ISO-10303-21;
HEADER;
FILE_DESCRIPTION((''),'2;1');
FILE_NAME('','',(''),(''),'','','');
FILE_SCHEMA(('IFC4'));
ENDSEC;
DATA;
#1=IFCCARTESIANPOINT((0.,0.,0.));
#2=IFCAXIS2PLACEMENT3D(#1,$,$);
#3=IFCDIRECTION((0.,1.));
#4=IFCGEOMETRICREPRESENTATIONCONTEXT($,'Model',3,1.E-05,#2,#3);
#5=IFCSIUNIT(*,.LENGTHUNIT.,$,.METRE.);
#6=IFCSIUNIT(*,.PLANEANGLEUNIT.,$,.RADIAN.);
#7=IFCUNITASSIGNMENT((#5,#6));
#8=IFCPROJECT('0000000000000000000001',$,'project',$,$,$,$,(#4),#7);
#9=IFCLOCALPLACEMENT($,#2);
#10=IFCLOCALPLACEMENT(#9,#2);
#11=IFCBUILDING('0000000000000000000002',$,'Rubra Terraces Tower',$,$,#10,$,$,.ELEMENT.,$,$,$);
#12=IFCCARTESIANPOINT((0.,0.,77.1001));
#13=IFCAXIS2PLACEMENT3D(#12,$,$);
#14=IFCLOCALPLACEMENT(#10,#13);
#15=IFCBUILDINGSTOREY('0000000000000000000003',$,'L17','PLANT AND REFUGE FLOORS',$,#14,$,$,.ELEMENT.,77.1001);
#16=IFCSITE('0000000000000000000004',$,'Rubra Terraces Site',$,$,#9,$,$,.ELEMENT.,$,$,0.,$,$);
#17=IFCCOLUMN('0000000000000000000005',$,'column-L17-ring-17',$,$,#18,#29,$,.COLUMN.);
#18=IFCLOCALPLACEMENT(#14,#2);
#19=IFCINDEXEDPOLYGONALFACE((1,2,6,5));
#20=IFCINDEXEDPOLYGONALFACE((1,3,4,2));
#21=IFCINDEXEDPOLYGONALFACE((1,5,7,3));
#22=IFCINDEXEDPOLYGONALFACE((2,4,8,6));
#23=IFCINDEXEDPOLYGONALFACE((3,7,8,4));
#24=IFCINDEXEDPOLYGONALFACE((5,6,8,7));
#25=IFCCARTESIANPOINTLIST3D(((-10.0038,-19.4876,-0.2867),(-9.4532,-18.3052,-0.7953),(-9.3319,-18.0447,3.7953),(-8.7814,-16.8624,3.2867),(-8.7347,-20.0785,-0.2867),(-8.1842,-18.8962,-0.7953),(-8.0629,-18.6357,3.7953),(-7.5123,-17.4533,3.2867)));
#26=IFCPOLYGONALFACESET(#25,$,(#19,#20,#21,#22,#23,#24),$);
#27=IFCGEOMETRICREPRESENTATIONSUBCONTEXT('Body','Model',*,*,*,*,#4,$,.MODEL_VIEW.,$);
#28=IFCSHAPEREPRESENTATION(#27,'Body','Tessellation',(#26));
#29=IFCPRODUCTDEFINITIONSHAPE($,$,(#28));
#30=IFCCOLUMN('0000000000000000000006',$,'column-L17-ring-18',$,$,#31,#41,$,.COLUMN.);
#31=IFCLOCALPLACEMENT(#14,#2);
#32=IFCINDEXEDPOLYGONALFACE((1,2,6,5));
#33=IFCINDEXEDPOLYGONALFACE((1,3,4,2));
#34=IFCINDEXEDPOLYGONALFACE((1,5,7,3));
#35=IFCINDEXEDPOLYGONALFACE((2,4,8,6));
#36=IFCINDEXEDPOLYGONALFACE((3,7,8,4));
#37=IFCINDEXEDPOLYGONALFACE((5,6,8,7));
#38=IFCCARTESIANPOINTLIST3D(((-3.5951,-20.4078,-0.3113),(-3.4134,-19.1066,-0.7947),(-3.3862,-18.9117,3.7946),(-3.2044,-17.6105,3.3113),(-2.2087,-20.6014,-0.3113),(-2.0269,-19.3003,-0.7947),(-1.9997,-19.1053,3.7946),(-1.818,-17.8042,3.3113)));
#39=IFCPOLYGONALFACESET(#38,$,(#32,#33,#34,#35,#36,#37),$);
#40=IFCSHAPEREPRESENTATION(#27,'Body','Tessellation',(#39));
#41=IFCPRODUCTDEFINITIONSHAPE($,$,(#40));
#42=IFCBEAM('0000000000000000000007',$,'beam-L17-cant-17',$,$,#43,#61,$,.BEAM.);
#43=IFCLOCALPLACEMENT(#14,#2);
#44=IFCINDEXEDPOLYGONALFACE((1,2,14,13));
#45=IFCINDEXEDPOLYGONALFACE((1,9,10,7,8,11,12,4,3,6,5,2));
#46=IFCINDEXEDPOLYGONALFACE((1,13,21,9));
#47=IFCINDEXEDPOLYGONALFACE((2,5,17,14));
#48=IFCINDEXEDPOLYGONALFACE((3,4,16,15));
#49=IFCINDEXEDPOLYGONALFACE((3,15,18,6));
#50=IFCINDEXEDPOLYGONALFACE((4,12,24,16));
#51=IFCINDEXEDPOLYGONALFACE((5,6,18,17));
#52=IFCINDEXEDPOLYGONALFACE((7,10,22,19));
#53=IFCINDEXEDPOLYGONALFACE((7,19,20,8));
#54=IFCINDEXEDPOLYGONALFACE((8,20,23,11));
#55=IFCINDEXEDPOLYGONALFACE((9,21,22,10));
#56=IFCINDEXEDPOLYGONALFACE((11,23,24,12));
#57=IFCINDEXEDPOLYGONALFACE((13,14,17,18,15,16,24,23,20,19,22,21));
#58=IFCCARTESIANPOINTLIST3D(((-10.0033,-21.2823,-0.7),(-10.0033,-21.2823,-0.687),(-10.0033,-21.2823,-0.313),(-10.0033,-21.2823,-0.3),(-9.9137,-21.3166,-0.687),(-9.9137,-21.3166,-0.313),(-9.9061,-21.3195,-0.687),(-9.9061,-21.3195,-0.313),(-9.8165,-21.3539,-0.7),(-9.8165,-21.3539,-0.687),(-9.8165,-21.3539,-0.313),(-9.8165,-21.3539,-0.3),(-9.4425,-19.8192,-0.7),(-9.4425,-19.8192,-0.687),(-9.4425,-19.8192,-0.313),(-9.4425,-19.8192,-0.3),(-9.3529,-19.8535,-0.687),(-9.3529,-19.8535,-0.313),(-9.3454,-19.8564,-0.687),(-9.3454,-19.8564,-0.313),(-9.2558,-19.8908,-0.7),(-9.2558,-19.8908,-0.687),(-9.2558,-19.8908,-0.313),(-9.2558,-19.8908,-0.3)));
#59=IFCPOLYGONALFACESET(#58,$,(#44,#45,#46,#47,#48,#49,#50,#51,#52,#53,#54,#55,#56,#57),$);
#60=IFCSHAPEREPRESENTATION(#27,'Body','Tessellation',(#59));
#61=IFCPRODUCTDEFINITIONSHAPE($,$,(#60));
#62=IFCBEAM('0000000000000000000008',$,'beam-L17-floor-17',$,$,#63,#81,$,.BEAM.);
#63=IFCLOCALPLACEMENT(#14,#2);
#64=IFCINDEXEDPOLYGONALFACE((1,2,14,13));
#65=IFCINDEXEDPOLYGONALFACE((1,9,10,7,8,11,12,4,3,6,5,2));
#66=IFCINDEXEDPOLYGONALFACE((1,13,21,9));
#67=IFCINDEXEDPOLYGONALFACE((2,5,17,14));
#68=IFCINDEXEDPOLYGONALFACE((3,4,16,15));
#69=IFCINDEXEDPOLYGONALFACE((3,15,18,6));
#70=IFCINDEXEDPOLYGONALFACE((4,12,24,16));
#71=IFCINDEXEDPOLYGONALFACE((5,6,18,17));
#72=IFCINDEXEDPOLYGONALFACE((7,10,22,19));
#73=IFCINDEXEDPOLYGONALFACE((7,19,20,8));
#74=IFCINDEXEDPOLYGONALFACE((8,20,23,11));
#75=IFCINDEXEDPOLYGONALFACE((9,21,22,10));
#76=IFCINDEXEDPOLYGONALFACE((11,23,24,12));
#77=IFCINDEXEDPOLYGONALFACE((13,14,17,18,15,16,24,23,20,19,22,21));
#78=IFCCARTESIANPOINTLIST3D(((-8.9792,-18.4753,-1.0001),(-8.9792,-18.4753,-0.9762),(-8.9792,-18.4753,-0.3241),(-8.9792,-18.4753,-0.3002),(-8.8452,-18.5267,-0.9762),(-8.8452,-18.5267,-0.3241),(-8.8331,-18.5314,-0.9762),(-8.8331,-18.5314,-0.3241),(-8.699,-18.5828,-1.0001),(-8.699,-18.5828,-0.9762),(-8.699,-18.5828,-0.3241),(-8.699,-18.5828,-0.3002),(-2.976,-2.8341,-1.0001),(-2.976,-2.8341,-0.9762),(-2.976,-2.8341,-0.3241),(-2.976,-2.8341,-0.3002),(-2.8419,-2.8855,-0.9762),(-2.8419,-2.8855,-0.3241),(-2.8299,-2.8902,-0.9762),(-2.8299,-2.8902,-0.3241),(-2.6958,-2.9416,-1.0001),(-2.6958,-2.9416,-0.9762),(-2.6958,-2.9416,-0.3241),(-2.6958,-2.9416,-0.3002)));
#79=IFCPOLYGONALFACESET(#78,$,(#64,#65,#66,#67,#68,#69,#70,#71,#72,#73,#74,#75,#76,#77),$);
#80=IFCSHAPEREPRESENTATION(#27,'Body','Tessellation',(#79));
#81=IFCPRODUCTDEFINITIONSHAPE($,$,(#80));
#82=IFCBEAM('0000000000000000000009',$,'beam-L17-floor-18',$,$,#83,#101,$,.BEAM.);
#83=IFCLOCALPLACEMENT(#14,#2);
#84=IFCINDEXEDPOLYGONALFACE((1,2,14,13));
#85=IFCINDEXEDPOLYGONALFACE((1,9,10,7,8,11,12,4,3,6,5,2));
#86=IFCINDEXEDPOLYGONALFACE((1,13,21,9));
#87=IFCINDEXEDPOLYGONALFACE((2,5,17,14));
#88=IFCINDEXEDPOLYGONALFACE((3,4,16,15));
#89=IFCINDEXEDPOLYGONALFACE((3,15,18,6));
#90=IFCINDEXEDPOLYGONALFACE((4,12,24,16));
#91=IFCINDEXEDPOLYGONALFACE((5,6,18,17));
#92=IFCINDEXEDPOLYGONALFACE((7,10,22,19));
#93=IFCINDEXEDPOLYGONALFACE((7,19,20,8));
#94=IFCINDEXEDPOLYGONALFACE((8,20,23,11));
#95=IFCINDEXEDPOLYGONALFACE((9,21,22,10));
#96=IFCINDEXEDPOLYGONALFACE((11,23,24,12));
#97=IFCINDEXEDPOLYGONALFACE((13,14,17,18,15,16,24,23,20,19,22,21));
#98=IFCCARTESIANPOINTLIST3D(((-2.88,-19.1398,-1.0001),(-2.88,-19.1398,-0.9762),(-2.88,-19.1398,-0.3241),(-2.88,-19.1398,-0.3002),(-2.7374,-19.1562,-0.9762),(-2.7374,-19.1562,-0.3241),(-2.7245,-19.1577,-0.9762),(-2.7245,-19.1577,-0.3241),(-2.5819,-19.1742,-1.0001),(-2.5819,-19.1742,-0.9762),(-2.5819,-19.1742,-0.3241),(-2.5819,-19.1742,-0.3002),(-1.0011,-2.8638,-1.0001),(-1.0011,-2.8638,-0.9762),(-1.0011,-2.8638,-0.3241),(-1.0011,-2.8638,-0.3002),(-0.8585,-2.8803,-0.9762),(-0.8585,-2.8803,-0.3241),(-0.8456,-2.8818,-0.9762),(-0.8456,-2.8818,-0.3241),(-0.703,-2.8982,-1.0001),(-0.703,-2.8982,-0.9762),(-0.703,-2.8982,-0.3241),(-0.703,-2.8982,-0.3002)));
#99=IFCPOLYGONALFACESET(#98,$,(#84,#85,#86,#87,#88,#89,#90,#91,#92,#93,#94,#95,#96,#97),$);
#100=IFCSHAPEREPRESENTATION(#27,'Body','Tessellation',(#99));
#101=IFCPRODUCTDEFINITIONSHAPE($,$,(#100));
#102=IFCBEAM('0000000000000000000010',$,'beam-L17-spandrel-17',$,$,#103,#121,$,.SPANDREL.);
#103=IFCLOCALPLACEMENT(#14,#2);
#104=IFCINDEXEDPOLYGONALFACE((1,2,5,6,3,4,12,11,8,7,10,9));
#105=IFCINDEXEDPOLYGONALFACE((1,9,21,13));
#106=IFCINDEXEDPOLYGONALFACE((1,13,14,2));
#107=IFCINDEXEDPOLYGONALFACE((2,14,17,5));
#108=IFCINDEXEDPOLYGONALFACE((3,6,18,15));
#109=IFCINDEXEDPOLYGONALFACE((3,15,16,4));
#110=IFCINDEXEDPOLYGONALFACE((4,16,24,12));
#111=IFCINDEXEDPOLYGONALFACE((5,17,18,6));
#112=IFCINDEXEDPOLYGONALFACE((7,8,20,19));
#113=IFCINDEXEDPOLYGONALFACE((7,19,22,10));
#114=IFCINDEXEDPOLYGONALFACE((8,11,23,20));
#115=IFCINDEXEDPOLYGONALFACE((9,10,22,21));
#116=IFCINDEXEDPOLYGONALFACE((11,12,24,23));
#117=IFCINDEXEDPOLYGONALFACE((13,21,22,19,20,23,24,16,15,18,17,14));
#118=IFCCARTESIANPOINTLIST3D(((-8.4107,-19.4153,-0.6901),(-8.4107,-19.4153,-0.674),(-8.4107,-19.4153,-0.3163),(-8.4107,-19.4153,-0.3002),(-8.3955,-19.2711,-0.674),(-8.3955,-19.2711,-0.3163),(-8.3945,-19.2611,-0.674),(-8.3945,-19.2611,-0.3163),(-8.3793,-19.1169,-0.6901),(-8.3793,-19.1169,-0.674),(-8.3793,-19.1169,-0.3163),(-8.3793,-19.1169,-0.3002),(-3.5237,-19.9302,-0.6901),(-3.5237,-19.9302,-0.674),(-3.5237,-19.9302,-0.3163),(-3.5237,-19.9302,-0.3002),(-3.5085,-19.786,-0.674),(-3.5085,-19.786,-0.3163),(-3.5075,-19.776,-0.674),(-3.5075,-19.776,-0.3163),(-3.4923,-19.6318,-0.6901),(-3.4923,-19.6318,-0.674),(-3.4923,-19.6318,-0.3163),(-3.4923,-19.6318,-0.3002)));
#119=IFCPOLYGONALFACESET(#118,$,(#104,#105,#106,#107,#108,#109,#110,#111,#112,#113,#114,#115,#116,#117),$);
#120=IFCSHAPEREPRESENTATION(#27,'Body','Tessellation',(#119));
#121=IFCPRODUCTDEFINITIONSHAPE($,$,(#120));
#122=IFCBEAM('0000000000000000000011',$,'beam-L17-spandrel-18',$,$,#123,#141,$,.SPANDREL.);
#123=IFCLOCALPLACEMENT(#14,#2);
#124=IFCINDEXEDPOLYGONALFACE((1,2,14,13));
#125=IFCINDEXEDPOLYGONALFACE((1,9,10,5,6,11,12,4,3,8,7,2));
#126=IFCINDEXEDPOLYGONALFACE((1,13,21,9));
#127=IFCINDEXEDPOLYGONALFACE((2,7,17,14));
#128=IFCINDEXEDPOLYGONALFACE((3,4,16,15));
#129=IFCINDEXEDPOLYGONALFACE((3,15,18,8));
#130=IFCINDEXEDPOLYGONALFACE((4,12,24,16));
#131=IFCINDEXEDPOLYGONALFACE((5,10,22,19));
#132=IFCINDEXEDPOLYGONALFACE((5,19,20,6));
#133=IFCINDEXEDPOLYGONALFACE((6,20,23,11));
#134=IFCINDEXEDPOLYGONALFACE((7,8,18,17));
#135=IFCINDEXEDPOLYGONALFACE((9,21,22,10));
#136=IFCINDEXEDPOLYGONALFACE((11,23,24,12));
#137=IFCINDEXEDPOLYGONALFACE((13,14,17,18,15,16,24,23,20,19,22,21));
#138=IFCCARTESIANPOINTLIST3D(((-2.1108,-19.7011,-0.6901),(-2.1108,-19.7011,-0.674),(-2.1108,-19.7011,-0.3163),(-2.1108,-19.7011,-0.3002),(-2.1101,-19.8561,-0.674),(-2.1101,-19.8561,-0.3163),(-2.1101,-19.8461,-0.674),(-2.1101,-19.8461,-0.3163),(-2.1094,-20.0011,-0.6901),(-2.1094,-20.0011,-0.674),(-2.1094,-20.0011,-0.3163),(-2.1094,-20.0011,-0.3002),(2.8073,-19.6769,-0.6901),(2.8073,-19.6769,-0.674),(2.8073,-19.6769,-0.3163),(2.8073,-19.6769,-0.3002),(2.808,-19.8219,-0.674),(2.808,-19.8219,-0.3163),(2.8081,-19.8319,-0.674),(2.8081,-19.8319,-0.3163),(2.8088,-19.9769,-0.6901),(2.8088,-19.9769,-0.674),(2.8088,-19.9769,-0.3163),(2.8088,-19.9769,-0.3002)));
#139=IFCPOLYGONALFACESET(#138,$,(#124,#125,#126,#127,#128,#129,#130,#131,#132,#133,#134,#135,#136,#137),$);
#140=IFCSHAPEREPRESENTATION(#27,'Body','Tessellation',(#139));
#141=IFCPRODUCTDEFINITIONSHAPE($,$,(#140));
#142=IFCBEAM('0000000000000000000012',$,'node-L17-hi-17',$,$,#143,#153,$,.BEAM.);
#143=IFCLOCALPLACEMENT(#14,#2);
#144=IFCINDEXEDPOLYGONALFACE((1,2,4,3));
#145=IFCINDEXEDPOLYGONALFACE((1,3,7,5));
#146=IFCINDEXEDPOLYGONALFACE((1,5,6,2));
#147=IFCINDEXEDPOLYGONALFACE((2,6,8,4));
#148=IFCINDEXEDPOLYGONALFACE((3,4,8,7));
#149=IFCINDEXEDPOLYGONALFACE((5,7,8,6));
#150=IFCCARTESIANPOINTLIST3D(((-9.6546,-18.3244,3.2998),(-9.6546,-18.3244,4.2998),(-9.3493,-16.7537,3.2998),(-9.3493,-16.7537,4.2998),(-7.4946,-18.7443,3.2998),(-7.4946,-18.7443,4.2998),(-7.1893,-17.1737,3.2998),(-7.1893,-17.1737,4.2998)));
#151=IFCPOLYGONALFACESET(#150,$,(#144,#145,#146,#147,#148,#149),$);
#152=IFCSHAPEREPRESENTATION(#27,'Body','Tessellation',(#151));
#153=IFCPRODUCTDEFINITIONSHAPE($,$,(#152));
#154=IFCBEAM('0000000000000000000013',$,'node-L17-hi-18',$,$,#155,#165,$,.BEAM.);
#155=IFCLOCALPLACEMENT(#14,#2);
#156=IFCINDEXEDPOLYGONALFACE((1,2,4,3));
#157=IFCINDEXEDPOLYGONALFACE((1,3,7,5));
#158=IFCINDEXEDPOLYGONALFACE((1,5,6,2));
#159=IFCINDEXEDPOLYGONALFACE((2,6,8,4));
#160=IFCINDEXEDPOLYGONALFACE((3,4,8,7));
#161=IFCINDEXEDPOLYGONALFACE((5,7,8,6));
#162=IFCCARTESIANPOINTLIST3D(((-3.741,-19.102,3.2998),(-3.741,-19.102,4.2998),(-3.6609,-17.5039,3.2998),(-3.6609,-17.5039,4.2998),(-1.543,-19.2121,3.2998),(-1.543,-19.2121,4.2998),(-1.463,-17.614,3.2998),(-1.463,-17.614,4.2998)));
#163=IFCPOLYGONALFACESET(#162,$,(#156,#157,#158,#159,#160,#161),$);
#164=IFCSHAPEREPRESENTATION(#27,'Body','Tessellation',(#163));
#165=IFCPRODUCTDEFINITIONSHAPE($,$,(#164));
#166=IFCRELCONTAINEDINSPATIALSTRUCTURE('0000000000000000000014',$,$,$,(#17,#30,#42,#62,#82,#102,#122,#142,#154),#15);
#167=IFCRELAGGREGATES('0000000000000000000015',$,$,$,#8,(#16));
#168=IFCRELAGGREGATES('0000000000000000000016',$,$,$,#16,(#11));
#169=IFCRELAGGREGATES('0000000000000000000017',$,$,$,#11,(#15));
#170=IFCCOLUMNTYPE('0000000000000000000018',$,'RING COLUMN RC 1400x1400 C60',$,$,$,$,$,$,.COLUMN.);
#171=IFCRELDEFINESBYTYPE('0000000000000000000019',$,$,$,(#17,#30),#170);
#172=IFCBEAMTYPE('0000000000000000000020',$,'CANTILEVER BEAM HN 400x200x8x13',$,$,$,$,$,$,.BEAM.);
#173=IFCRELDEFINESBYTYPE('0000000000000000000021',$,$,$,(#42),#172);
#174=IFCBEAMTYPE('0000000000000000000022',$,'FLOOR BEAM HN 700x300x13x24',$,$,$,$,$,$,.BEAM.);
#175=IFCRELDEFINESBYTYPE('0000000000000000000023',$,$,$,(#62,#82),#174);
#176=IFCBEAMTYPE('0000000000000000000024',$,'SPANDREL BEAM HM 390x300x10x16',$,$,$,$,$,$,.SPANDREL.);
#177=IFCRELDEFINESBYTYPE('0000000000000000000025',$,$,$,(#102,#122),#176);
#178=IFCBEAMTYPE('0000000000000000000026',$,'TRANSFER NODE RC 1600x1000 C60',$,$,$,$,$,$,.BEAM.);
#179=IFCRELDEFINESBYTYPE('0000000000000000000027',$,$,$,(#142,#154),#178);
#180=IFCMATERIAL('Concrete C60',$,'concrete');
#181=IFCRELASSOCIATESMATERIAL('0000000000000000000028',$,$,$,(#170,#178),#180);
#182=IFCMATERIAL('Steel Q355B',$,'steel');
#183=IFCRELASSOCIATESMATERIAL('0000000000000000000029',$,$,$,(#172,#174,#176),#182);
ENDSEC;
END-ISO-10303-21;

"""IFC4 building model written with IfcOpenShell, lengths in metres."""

from ifc_helpers import new_model, si_unit, direction, frame, origin, origin_2d, place, context, subcontext, project, spatial, rectangle, i_section, extrude, material, material_profile, profile_set, type_object, element, save


model = new_model("IFC4")

# Units and contexts
model_context = context("Model", 3, precision=1e-05, world=origin(), true_north=direction((0.0, 1.0)))
body_context = subcontext(model_context, "Body", "Model", "MODEL_VIEW")
ifc_project = project(units=[si_unit("LENGTHUNIT", "METRE"), si_unit("PLANEANGLEUNIT", "RADIAN")], contexts=[model_context])

# Site, building, storey
site_placement = place(None, origin())
site = spatial("IfcSite", under=ifc_project, at=site_placement, Name="Rubra Terraces Site", CompositionType="ELEMENT", RefElevation=0.0)
building_placement = place(site_placement, origin())
building = spatial("IfcBuilding", under=site, at=building_placement, Name="Rubra Terraces Tower", CompositionType="ELEMENT")
storey_placement = place(building_placement, frame((0.0, 0.0, 77.1001)))
storey = spatial("IfcBuildingStorey", under=building, at=storey_placement, Name="L17", Description="PLANT AND REFUGE FLOORS", CompositionType="ELEMENT", Elevation=77.1001)

# Columns
ifc_material_1 = material(Name="Concrete C60", Category="concrete")
ifc_material_profile_1 = material_profile(ifc_material_1, rectangle(XDim=1.3999, YDim=1.3999, at=origin_2d()), Name="RC 1400x1400")
ifc_profile_set_1 = profile_set([ifc_material_profile_1], Name="Concrete C60")
column_type = type_object("IfcColumnType", Name="RING COLUMN RC 1400x1400 C60", PredefinedType="COLUMN", material=ifc_profile_set_1)
column_1_placement = place(storey_placement, frame((-9.094, -19.1919, -0.541), z_axis=(0.153349, 0.329321, 0.931682), x_axis=(-0.906536, 0.42213, 0.0)))
element("IfcColumn", 1, at=column_1_placement, inside=storey, type_object=column_type, Name="column-L17-ring-17", PredefinedType="COLUMN", context=body_context, shape_type="SweptSolid", body=[
    extrude(rectangle(XDim=1.3999, YDim=1.3999, at=origin_2d()), origin(), (0.0, 0.0, 1.0), 4.3813),
])
column_2_placement = place(storey_placement, frame((-2.811, -19.854, -0.553), z_axis=(0.047768, 0.341962, 0.938499), x_axis=(-0.990384, 0.138343, 0.0)))
element("IfcColumn", 2, at=column_2_placement, inside=storey, type_object=column_type, Name="column-L17-ring-18", PredefinedType="COLUMN", context=body_context, shape_type="SweptSolid", body=[
    extrude(rectangle(XDim=1.3999, YDim=1.3999, at=origin_2d()), origin(), (0.0, 0.0, 1.0), 4.375),
])

# Beams
ifc_material_2 = material(Name="Steel Q355B", Category="steel")
ifc_material_profile_2 = material_profile(ifc_material_2, i_section(OverallWidth=0.2, OverallDepth=0.3999, WebThickness=0.0081, FlangeThickness=0.0129, at=origin_2d()), Name="HN 400x200x8x13")
ifc_profile_set_2 = profile_set([ifc_material_profile_2], Name="Steel Q355B")
beam_type_1 = type_object("IfcBeamType", Name="CANTILEVER BEAM HN 400x200x8x13", PredefinedType="BEAM", material=ifc_profile_set_2)
beam_1_placement = place(storey_placement, frame((-9.3491, -19.855, -0.5), z_axis=(-0.357893, -0.933763, 0.0), x_axis=(0.933763, -0.357893, 0.0)))
element("IfcBeam", 3, at=beam_1_placement, inside=storey, type_object=beam_type_1, Name="beam-L17-cant-17", PredefinedType="BEAM", context=body_context, shape_type="SweptSolid", body=[
    extrude(i_section(OverallWidth=0.2, OverallDepth=0.3999, WebThickness=0.0081, FlangeThickness=0.0129, at=origin_2d()), origin(), (0.0, 0.0, 1.0), 1.5669),
])
ifc_material_profile_3 = material_profile(ifc_material_2, i_section(OverallWidth=0.3, OverallDepth=0.7, WebThickness=0.0129, FlangeThickness=0.0239, at=origin_2d()), Name="HN 700x300x13x24")
ifc_profile_set_3 = profile_set([ifc_material_profile_3], Name="Steel Q355B")
beam_type_2 = type_object("IfcBeamType", Name="FLOOR BEAM HN 700x300x13x24", PredefinedType="BEAM", material=ifc_profile_set_3)
beam_2_placement = place(storey_placement, frame((-8.8391, -18.5291, -0.6501), z_axis=(0.358322, 0.933598, 0.0), x_axis=(-0.933598, 0.358322, 0.0)))
element("IfcBeam", 4, at=beam_2_placement, inside=storey, type_object=beam_type_2, Name="beam-L17-floor-17", PredefinedType="BEAM", context=body_context, shape_type="SweptSolid", body=[
    extrude(i_section(OverallWidth=0.3, OverallDepth=0.7, WebThickness=0.0129, FlangeThickness=0.0239, at=origin_2d()), origin(), (0.0, 0.0, 1.0), 16.7537),
])
beam_3_placement = place(storey_placement, frame((-2.731, -19.157, -0.6501), z_axis=(0.11468, 0.993403, 0.0), x_axis=(-0.993403, 0.11468, 0.0)))
element("IfcBeam", 5, at=beam_3_placement, inside=storey, type_object=beam_type_2, Name="beam-L17-floor-18", PredefinedType="BEAM", context=body_context, shape_type="SweptSolid", body=[
    extrude(i_section(OverallWidth=0.3, OverallDepth=0.7, WebThickness=0.0129, FlangeThickness=0.0239, at=origin_2d()), origin(), (0.0, 0.0, 1.0), 16.384),
])
ifc_material_profile_4 = material_profile(ifc_material_2, i_section(OverallWidth=0.3, OverallDepth=0.3899, WebThickness=0.01, FlangeThickness=0.0161, at=origin_2d()), Name="HM 390x300x10x16")
ifc_profile_set_4 = profile_set([ifc_material_profile_4], Name="Steel Q355B")
beam_type_3 = type_object("IfcBeamType", Name="SPANDREL BEAM HM 390x300x10x16", PredefinedType="SPANDREL", material=ifc_profile_set_4)
beam_4_placement = place(storey_placement, frame((-8.395, -19.2661, -0.4951), z_axis=(0.994495, -0.10478, 0.0), x_axis=(0.10478, 0.994495, 0.0)))
element("IfcBeam", 6, at=beam_4_placement, inside=storey, type_object=beam_type_3, Name="beam-L17-spandrel-17", PredefinedType="SPANDREL", context=body_context, shape_type="SweptSolid", body=[
    extrude(i_section(OverallWidth=0.3, OverallDepth=0.3899, WebThickness=0.01, FlangeThickness=0.0161, at=origin_2d()), origin(), (0.0, 0.0, 1.0), 4.9141),
])
beam_5_placement = place(storey_placement, frame((-2.1101, -19.8511, -0.4951), z_axis=(0.999988, 0.004914, 0.0), x_axis=(-0.004914, 0.999988, 0.0)))
element("IfcBeam", 7, at=beam_5_placement, inside=storey, type_object=beam_type_3, Name="beam-L17-spandrel-18", PredefinedType="SPANDREL", context=body_context, shape_type="SweptSolid", body=[
    extrude(i_section(OverallWidth=0.3, OverallDepth=0.3899, WebThickness=0.01, FlangeThickness=0.0161, at=origin_2d()), origin(), (0.0, 0.0, 1.0), 4.9182),
])
ifc_material_profile_5 = material_profile(ifc_material_1, rectangle(XDim=1.6001, YDim=1.0, at=origin_2d()), Name="RC 1600x1000")
ifc_profile_set_5 = profile_set([ifc_material_profile_5], Name="Concrete C60")
beam_type_4 = type_object("IfcBeamType", Name="TRANSFER NODE RC 1600x1000 C60", PredefinedType="BEAM", material=ifc_profile_set_5)
beam_6_placement = place(storey_placement, frame((-9.502, -17.5391, 3.7998), z_axis=(0.981621, -0.190843, 0.0), x_axis=(0.190843, 0.981621, 0.0)))
element("IfcBeam", 8, at=beam_6_placement, inside=storey, type_object=beam_type_4, Name="node-L17-hi-17", PredefinedType="BEAM", context=body_context, shape_type="SweptSolid", body=[
    extrude(rectangle(XDim=1.6001, YDim=1.0, at=origin_2d()), origin(), (0.0, 0.0, 1.0), 2.2004),
])
beam_7_placement = place(storey_placement, frame((-3.7009, -18.303, 3.7998), z_axis=(0.998748, -0.050032, 0.0), x_axis=(0.050032, 0.998748, 0.0)))
element("IfcBeam", 9, at=beam_7_placement, inside=storey, type_object=beam_type_4, Name="node-L17-hi-18", PredefinedType="BEAM", context=body_context, shape_type="SweptSolid", body=[
    extrude(rectangle(XDim=1.6001, YDim=1.0, at=origin_2d()), origin(), (0.0, 0.0, 1.0), 2.2007),
])

save(model, "model.ifc")
